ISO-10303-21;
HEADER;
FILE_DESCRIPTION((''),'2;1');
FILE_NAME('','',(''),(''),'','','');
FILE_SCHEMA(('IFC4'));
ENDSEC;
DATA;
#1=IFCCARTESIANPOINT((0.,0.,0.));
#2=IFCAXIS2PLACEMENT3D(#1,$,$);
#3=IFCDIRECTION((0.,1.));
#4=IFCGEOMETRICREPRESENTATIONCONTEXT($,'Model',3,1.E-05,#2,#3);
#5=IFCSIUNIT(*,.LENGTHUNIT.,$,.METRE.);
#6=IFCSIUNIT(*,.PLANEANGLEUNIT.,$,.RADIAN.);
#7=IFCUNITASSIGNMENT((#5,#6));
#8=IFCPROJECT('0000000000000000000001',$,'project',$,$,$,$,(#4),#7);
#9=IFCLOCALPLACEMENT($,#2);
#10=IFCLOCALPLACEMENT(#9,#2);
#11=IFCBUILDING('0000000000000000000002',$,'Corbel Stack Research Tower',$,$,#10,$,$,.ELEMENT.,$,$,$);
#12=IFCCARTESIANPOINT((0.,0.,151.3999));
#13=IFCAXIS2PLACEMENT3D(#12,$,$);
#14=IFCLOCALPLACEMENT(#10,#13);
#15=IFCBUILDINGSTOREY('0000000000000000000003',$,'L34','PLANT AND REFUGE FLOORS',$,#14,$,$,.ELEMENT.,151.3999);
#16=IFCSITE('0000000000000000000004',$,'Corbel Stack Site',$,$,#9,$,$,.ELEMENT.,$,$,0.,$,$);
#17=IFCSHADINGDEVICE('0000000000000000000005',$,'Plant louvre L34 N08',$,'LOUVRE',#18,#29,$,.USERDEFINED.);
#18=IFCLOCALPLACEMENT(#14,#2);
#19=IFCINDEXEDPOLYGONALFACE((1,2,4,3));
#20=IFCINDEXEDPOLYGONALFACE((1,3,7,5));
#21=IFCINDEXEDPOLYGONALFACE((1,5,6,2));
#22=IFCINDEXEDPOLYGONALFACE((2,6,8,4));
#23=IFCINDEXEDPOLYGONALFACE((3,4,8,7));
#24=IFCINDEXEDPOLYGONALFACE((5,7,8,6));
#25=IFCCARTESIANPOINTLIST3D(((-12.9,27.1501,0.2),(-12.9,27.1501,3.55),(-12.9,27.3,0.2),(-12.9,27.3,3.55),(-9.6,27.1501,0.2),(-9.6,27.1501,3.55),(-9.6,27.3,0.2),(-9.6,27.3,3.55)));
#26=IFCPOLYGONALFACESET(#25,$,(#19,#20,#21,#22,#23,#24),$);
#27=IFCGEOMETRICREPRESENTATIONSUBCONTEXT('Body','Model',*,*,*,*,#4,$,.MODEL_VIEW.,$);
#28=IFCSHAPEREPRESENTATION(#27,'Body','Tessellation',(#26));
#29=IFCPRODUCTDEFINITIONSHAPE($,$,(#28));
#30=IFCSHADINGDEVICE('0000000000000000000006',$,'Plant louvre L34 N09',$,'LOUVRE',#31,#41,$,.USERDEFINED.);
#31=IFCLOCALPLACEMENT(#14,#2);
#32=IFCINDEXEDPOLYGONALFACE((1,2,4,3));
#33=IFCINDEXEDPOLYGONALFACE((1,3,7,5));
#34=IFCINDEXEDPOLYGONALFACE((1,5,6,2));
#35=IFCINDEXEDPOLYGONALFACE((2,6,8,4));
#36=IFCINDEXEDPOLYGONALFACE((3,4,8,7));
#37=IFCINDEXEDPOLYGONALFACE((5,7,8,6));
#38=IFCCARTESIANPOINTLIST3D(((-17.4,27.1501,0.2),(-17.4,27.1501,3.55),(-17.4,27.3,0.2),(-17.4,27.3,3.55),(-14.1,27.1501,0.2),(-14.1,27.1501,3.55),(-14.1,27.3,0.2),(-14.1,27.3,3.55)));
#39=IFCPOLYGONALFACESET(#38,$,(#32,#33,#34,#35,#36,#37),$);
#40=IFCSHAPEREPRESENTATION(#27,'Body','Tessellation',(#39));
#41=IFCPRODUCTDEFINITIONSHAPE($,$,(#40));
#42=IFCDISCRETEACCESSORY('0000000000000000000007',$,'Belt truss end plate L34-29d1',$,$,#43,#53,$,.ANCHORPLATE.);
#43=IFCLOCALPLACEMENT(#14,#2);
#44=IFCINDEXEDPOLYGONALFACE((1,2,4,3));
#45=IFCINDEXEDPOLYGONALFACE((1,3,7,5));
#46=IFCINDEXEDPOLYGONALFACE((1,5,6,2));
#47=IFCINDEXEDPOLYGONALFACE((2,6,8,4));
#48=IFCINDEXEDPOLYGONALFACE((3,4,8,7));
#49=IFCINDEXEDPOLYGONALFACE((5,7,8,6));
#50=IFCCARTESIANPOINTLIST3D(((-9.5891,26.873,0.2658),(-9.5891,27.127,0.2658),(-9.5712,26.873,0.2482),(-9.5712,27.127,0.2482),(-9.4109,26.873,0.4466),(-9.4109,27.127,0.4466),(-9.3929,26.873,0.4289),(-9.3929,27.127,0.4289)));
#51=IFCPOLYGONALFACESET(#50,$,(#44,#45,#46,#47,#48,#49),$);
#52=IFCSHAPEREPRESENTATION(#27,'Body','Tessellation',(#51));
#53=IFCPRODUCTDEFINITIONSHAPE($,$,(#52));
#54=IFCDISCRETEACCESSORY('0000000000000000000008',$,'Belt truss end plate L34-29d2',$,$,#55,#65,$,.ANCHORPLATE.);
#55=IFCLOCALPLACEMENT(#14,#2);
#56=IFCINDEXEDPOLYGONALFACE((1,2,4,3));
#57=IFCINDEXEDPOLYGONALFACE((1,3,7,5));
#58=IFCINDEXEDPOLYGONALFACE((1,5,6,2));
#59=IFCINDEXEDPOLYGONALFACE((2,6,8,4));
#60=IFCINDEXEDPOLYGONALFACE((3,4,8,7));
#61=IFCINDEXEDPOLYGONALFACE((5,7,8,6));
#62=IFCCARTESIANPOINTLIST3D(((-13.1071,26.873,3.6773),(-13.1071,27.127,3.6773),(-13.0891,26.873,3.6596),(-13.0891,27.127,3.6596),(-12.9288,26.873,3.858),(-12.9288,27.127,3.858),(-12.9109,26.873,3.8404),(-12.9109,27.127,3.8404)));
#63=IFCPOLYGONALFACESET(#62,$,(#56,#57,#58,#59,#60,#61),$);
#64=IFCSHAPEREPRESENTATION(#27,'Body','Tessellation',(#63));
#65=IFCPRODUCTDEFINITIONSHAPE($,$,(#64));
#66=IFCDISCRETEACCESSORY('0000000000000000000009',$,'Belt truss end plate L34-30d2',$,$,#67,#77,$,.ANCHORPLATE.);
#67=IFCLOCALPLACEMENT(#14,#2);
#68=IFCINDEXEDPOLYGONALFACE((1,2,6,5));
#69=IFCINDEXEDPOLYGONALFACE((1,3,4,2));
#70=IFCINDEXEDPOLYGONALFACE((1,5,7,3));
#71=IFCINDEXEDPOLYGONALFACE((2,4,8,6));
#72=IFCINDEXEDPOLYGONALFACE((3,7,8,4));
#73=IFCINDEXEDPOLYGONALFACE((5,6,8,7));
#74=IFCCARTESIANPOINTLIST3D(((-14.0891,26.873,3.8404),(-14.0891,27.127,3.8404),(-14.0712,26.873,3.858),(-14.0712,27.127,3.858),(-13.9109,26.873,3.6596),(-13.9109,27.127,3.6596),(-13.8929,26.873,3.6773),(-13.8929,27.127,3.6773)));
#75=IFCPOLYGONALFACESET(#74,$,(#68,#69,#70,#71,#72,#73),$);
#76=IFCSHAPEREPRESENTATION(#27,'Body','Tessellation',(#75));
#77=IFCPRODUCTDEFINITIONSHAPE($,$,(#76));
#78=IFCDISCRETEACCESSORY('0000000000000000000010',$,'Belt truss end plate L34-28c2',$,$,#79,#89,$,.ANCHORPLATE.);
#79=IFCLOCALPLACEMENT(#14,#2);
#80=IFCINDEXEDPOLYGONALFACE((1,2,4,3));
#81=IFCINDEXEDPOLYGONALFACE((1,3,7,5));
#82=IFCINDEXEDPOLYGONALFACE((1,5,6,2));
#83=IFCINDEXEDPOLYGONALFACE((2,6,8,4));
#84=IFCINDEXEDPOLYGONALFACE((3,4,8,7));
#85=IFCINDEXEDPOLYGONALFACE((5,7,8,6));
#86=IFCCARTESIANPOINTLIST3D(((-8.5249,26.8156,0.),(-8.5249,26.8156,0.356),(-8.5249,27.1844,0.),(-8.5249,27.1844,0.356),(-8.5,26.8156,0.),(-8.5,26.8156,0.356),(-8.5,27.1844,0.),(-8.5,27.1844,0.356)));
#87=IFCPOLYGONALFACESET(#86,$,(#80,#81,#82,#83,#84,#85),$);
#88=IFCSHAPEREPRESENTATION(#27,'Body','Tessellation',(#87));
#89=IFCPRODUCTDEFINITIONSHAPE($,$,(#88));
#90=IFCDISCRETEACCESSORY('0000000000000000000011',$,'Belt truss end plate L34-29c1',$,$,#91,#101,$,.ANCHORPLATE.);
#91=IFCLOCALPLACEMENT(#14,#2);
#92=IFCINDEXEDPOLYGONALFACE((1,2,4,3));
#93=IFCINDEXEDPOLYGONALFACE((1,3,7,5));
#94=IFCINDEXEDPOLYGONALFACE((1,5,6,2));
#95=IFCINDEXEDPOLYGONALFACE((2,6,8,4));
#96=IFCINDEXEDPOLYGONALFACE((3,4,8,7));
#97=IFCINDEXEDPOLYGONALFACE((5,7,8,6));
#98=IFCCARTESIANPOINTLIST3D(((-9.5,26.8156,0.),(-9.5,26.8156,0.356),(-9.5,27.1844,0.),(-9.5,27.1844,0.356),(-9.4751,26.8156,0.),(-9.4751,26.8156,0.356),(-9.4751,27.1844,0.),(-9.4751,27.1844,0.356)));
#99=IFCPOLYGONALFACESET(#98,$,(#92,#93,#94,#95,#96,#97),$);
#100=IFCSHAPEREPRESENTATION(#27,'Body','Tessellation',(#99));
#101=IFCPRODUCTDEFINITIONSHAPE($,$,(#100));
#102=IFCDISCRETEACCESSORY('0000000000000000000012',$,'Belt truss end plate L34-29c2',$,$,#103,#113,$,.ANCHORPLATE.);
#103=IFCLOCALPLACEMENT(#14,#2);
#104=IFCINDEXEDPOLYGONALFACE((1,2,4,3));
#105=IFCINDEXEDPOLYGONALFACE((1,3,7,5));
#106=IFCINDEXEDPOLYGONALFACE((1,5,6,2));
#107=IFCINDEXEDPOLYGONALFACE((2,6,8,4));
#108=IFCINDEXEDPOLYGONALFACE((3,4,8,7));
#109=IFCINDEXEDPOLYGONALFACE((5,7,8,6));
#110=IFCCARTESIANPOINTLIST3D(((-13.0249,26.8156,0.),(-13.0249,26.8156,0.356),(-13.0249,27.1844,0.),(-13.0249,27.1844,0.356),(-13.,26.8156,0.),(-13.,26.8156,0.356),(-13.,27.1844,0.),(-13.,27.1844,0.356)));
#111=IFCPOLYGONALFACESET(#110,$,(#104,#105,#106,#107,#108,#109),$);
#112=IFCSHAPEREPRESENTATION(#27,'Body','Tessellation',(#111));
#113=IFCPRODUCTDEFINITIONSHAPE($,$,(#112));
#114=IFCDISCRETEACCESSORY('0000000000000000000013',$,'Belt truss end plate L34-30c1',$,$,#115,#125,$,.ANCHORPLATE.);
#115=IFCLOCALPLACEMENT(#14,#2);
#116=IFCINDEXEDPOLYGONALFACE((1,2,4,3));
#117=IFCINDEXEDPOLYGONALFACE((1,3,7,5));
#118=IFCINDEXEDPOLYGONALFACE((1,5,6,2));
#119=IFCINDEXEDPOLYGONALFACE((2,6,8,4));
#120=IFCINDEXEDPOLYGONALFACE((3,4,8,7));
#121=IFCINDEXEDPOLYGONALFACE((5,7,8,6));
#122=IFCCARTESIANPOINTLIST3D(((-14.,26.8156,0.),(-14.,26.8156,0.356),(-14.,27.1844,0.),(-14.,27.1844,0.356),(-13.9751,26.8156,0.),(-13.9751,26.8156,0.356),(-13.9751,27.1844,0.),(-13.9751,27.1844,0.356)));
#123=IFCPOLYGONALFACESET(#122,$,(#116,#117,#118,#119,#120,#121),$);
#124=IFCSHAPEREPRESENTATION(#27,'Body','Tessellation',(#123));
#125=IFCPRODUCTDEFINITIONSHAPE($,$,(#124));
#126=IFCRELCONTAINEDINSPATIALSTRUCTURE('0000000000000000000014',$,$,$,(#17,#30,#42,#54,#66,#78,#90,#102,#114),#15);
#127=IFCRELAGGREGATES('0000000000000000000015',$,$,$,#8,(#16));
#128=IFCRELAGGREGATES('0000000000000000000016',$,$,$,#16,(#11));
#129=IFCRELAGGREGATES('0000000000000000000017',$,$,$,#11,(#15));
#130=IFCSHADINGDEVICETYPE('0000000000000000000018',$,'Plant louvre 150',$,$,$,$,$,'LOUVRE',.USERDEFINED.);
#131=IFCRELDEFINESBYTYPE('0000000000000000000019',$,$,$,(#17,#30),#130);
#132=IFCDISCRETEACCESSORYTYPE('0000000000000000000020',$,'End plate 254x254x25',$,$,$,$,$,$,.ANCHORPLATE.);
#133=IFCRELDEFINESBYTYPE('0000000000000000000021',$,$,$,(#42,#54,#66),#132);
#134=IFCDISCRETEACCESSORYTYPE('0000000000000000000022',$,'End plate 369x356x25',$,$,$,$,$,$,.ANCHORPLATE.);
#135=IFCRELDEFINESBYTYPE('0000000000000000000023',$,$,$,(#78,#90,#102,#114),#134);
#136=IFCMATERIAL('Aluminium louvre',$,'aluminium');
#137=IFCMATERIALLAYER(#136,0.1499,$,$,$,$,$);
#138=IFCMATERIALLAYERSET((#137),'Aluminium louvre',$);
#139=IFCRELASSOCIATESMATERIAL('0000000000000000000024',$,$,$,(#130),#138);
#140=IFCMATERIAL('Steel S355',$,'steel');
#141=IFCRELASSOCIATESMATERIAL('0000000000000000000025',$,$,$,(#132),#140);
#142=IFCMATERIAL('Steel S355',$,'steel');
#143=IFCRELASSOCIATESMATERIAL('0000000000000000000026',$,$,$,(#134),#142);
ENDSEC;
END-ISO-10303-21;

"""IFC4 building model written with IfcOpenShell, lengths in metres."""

from ifc_helpers import new_model, si_unit, direction, frame, origin, origin_2d, place, context, subcontext, project, spatial, rectangle, extrude, material, layer, layer_set, material_profile, profile_set, type_object, element, save


model = new_model("IFC4")

# Units and contexts
model_context = context("Model", 3, precision=1e-05, world=origin(), true_north=direction((0.0, 1.0)))
body_context = subcontext(model_context, "Body", "Model", "MODEL_VIEW")
ifc_project = project(units=[si_unit("LENGTHUNIT", "METRE"), si_unit("PLANEANGLEUNIT", "RADIAN")], contexts=[model_context])

# Site, building, storey
site_placement = place(None, origin())
site = spatial("IfcSite", under=ifc_project, at=site_placement, Name="Corbel Stack Site", CompositionType="ELEMENT", RefElevation=0.0)
building_placement = place(site_placement, origin())
building = spatial("IfcBuilding", under=site, at=building_placement, Name="Corbel Stack Research Tower", CompositionType="ELEMENT")
storey_placement = place(building_placement, frame((0.0, 0.0, 151.3999)))
storey = spatial("IfcBuildingStorey", under=building, at=storey_placement, Name="L34", Description="PLANT AND REFUGE FLOORS", CompositionType="ELEMENT", Elevation=151.3999)

# Shading devices
ifc_material_1 = material(Name="Aluminium louvre", Category="aluminium")
ifc_layer_1 = layer(ifc_material_1, 0.1499)
ifc_layer_set_1 = layer_set([ifc_layer_1], Name="Aluminium louvre")
shading_device_type = type_object("IfcShadingDeviceType", Name="Plant louvre 150", ElementType="LOUVRE", PredefinedType="USERDEFINED", material=ifc_layer_set_1)
for number, where, z_axis, x_axis, name in (
    (1, (-11.25, 27.2251, 0.2), (0.0, 0.0, 1.0), (-1.0, 0.0, 0.0), "Plant louvre L34 N08"),
    (2, (-15.75, 27.2251, 0.2), (0.0, 0.0, 1.0), (-1.0, 0.0, 0.0), "Plant louvre L34 N09"),
):
    element("IfcShadingDevice", number, at=place(storey_placement, frame(where, z_axis=z_axis, x_axis=x_axis)), inside=storey, type_object=shading_device_type, Name=name, ObjectType="LOUVRE", PredefinedType="USERDEFINED", context=body_context, shape_type="SweptSolid", body=[
        extrude(rectangle(XDim=3.3, YDim=0.1499, at=origin_2d()), origin(), (0.0, 0.0, 1.0), 3.3501),
    ])

# Discrete accessories
ifc_material_2 = material(Name="Steel S355", Category="steel")
ifc_material_profile_1 = material_profile(ifc_material_2, rectangle(XDim=0.2539, YDim=0.2539, at=origin_2d()), Name="End plate 254x254x25")
ifc_profile_set_1 = profile_set([ifc_material_profile_1], Name="Steel S355")
discrete_accessory_type_1 = type_object("IfcDiscreteAccessoryType", Name="End plate 254x254x25", PredefinedType="ANCHORPLATE", material=ifc_profile_set_1)
for number, where, z_axis, x_axis, name in (
    (3, (-9.5, 27.0, 0.3562), (0.711966, 0.0, -0.702213), (0.0, 1.0, 0.0), "Belt truss end plate L34-29d1"),
    (4, (-13.0, 27.0, 3.75), (-0.711966, 0.0, 0.702213), (0.0, -1.0, 0.0), "Belt truss end plate L34-29d2"),
    (5, (-14.0, 27.0, 3.75), (0.711966, 0.0, 0.702213), (0.0, 1.0, 0.0), "Belt truss end plate L34-30d2"),
):
    element("IfcDiscreteAccessory", number, at=place(storey_placement, frame(where, z_axis=z_axis, x_axis=x_axis)), inside=storey, type_object=discrete_accessory_type_1, Name=name, PredefinedType="ANCHORPLATE", context=body_context, shape_type="SweptSolid", body=[
        extrude(rectangle(XDim=0.2539, YDim=0.2539, at=origin_2d()), origin(), (0.0, 0.0, 1.0), 0.0251),
    ])
ifc_material_3 = material(Name="Steel S355", Category="steel")
ifc_material_profile_2 = material_profile(ifc_material_3, rectangle(XDim=0.3689, YDim=0.356, at=origin_2d()), Name="End plate 369x356x25")
ifc_profile_set_2 = profile_set([ifc_material_profile_2], Name="Steel S355")
discrete_accessory_type_2 = type_object("IfcDiscreteAccessoryType", Name="End plate 369x356x25", PredefinedType="ANCHORPLATE", material=ifc_profile_set_2)
for number, where, z_axis, x_axis, name in (
    (6, (-8.5, 27.0, 0.178), (-1.0, 0.0, 0.0), (0.0, -1.0, 0.0), "Belt truss end plate L34-28c2"),
    (7, (-9.5, 27.0, 0.178), (1.0, 0.0, 0.0), (0.0, 1.0, 0.0), "Belt truss end plate L34-29c1"),
    (8, (-13.0, 27.0, 0.178), (-1.0, 0.0, 0.0), (0.0, -1.0, 0.0), "Belt truss end plate L34-29c2"),
    (9, (-14.0, 27.0, 0.178), (1.0, 0.0, 0.0), (0.0, 1.0, 0.0), "Belt truss end plate L34-30c1"),
):
    element("IfcDiscreteAccessory", number, at=place(storey_placement, frame(where, z_axis=z_axis, x_axis=x_axis)), inside=storey, type_object=discrete_accessory_type_2, Name=name, PredefinedType="ANCHORPLATE", context=body_context, shape_type="SweptSolid", body=[
        extrude(rectangle(XDim=0.3689, YDim=0.356, at=origin_2d()), origin(), (0.0, 0.0, 1.0), 0.0249),
    ])

save(model, "model.ifc")
